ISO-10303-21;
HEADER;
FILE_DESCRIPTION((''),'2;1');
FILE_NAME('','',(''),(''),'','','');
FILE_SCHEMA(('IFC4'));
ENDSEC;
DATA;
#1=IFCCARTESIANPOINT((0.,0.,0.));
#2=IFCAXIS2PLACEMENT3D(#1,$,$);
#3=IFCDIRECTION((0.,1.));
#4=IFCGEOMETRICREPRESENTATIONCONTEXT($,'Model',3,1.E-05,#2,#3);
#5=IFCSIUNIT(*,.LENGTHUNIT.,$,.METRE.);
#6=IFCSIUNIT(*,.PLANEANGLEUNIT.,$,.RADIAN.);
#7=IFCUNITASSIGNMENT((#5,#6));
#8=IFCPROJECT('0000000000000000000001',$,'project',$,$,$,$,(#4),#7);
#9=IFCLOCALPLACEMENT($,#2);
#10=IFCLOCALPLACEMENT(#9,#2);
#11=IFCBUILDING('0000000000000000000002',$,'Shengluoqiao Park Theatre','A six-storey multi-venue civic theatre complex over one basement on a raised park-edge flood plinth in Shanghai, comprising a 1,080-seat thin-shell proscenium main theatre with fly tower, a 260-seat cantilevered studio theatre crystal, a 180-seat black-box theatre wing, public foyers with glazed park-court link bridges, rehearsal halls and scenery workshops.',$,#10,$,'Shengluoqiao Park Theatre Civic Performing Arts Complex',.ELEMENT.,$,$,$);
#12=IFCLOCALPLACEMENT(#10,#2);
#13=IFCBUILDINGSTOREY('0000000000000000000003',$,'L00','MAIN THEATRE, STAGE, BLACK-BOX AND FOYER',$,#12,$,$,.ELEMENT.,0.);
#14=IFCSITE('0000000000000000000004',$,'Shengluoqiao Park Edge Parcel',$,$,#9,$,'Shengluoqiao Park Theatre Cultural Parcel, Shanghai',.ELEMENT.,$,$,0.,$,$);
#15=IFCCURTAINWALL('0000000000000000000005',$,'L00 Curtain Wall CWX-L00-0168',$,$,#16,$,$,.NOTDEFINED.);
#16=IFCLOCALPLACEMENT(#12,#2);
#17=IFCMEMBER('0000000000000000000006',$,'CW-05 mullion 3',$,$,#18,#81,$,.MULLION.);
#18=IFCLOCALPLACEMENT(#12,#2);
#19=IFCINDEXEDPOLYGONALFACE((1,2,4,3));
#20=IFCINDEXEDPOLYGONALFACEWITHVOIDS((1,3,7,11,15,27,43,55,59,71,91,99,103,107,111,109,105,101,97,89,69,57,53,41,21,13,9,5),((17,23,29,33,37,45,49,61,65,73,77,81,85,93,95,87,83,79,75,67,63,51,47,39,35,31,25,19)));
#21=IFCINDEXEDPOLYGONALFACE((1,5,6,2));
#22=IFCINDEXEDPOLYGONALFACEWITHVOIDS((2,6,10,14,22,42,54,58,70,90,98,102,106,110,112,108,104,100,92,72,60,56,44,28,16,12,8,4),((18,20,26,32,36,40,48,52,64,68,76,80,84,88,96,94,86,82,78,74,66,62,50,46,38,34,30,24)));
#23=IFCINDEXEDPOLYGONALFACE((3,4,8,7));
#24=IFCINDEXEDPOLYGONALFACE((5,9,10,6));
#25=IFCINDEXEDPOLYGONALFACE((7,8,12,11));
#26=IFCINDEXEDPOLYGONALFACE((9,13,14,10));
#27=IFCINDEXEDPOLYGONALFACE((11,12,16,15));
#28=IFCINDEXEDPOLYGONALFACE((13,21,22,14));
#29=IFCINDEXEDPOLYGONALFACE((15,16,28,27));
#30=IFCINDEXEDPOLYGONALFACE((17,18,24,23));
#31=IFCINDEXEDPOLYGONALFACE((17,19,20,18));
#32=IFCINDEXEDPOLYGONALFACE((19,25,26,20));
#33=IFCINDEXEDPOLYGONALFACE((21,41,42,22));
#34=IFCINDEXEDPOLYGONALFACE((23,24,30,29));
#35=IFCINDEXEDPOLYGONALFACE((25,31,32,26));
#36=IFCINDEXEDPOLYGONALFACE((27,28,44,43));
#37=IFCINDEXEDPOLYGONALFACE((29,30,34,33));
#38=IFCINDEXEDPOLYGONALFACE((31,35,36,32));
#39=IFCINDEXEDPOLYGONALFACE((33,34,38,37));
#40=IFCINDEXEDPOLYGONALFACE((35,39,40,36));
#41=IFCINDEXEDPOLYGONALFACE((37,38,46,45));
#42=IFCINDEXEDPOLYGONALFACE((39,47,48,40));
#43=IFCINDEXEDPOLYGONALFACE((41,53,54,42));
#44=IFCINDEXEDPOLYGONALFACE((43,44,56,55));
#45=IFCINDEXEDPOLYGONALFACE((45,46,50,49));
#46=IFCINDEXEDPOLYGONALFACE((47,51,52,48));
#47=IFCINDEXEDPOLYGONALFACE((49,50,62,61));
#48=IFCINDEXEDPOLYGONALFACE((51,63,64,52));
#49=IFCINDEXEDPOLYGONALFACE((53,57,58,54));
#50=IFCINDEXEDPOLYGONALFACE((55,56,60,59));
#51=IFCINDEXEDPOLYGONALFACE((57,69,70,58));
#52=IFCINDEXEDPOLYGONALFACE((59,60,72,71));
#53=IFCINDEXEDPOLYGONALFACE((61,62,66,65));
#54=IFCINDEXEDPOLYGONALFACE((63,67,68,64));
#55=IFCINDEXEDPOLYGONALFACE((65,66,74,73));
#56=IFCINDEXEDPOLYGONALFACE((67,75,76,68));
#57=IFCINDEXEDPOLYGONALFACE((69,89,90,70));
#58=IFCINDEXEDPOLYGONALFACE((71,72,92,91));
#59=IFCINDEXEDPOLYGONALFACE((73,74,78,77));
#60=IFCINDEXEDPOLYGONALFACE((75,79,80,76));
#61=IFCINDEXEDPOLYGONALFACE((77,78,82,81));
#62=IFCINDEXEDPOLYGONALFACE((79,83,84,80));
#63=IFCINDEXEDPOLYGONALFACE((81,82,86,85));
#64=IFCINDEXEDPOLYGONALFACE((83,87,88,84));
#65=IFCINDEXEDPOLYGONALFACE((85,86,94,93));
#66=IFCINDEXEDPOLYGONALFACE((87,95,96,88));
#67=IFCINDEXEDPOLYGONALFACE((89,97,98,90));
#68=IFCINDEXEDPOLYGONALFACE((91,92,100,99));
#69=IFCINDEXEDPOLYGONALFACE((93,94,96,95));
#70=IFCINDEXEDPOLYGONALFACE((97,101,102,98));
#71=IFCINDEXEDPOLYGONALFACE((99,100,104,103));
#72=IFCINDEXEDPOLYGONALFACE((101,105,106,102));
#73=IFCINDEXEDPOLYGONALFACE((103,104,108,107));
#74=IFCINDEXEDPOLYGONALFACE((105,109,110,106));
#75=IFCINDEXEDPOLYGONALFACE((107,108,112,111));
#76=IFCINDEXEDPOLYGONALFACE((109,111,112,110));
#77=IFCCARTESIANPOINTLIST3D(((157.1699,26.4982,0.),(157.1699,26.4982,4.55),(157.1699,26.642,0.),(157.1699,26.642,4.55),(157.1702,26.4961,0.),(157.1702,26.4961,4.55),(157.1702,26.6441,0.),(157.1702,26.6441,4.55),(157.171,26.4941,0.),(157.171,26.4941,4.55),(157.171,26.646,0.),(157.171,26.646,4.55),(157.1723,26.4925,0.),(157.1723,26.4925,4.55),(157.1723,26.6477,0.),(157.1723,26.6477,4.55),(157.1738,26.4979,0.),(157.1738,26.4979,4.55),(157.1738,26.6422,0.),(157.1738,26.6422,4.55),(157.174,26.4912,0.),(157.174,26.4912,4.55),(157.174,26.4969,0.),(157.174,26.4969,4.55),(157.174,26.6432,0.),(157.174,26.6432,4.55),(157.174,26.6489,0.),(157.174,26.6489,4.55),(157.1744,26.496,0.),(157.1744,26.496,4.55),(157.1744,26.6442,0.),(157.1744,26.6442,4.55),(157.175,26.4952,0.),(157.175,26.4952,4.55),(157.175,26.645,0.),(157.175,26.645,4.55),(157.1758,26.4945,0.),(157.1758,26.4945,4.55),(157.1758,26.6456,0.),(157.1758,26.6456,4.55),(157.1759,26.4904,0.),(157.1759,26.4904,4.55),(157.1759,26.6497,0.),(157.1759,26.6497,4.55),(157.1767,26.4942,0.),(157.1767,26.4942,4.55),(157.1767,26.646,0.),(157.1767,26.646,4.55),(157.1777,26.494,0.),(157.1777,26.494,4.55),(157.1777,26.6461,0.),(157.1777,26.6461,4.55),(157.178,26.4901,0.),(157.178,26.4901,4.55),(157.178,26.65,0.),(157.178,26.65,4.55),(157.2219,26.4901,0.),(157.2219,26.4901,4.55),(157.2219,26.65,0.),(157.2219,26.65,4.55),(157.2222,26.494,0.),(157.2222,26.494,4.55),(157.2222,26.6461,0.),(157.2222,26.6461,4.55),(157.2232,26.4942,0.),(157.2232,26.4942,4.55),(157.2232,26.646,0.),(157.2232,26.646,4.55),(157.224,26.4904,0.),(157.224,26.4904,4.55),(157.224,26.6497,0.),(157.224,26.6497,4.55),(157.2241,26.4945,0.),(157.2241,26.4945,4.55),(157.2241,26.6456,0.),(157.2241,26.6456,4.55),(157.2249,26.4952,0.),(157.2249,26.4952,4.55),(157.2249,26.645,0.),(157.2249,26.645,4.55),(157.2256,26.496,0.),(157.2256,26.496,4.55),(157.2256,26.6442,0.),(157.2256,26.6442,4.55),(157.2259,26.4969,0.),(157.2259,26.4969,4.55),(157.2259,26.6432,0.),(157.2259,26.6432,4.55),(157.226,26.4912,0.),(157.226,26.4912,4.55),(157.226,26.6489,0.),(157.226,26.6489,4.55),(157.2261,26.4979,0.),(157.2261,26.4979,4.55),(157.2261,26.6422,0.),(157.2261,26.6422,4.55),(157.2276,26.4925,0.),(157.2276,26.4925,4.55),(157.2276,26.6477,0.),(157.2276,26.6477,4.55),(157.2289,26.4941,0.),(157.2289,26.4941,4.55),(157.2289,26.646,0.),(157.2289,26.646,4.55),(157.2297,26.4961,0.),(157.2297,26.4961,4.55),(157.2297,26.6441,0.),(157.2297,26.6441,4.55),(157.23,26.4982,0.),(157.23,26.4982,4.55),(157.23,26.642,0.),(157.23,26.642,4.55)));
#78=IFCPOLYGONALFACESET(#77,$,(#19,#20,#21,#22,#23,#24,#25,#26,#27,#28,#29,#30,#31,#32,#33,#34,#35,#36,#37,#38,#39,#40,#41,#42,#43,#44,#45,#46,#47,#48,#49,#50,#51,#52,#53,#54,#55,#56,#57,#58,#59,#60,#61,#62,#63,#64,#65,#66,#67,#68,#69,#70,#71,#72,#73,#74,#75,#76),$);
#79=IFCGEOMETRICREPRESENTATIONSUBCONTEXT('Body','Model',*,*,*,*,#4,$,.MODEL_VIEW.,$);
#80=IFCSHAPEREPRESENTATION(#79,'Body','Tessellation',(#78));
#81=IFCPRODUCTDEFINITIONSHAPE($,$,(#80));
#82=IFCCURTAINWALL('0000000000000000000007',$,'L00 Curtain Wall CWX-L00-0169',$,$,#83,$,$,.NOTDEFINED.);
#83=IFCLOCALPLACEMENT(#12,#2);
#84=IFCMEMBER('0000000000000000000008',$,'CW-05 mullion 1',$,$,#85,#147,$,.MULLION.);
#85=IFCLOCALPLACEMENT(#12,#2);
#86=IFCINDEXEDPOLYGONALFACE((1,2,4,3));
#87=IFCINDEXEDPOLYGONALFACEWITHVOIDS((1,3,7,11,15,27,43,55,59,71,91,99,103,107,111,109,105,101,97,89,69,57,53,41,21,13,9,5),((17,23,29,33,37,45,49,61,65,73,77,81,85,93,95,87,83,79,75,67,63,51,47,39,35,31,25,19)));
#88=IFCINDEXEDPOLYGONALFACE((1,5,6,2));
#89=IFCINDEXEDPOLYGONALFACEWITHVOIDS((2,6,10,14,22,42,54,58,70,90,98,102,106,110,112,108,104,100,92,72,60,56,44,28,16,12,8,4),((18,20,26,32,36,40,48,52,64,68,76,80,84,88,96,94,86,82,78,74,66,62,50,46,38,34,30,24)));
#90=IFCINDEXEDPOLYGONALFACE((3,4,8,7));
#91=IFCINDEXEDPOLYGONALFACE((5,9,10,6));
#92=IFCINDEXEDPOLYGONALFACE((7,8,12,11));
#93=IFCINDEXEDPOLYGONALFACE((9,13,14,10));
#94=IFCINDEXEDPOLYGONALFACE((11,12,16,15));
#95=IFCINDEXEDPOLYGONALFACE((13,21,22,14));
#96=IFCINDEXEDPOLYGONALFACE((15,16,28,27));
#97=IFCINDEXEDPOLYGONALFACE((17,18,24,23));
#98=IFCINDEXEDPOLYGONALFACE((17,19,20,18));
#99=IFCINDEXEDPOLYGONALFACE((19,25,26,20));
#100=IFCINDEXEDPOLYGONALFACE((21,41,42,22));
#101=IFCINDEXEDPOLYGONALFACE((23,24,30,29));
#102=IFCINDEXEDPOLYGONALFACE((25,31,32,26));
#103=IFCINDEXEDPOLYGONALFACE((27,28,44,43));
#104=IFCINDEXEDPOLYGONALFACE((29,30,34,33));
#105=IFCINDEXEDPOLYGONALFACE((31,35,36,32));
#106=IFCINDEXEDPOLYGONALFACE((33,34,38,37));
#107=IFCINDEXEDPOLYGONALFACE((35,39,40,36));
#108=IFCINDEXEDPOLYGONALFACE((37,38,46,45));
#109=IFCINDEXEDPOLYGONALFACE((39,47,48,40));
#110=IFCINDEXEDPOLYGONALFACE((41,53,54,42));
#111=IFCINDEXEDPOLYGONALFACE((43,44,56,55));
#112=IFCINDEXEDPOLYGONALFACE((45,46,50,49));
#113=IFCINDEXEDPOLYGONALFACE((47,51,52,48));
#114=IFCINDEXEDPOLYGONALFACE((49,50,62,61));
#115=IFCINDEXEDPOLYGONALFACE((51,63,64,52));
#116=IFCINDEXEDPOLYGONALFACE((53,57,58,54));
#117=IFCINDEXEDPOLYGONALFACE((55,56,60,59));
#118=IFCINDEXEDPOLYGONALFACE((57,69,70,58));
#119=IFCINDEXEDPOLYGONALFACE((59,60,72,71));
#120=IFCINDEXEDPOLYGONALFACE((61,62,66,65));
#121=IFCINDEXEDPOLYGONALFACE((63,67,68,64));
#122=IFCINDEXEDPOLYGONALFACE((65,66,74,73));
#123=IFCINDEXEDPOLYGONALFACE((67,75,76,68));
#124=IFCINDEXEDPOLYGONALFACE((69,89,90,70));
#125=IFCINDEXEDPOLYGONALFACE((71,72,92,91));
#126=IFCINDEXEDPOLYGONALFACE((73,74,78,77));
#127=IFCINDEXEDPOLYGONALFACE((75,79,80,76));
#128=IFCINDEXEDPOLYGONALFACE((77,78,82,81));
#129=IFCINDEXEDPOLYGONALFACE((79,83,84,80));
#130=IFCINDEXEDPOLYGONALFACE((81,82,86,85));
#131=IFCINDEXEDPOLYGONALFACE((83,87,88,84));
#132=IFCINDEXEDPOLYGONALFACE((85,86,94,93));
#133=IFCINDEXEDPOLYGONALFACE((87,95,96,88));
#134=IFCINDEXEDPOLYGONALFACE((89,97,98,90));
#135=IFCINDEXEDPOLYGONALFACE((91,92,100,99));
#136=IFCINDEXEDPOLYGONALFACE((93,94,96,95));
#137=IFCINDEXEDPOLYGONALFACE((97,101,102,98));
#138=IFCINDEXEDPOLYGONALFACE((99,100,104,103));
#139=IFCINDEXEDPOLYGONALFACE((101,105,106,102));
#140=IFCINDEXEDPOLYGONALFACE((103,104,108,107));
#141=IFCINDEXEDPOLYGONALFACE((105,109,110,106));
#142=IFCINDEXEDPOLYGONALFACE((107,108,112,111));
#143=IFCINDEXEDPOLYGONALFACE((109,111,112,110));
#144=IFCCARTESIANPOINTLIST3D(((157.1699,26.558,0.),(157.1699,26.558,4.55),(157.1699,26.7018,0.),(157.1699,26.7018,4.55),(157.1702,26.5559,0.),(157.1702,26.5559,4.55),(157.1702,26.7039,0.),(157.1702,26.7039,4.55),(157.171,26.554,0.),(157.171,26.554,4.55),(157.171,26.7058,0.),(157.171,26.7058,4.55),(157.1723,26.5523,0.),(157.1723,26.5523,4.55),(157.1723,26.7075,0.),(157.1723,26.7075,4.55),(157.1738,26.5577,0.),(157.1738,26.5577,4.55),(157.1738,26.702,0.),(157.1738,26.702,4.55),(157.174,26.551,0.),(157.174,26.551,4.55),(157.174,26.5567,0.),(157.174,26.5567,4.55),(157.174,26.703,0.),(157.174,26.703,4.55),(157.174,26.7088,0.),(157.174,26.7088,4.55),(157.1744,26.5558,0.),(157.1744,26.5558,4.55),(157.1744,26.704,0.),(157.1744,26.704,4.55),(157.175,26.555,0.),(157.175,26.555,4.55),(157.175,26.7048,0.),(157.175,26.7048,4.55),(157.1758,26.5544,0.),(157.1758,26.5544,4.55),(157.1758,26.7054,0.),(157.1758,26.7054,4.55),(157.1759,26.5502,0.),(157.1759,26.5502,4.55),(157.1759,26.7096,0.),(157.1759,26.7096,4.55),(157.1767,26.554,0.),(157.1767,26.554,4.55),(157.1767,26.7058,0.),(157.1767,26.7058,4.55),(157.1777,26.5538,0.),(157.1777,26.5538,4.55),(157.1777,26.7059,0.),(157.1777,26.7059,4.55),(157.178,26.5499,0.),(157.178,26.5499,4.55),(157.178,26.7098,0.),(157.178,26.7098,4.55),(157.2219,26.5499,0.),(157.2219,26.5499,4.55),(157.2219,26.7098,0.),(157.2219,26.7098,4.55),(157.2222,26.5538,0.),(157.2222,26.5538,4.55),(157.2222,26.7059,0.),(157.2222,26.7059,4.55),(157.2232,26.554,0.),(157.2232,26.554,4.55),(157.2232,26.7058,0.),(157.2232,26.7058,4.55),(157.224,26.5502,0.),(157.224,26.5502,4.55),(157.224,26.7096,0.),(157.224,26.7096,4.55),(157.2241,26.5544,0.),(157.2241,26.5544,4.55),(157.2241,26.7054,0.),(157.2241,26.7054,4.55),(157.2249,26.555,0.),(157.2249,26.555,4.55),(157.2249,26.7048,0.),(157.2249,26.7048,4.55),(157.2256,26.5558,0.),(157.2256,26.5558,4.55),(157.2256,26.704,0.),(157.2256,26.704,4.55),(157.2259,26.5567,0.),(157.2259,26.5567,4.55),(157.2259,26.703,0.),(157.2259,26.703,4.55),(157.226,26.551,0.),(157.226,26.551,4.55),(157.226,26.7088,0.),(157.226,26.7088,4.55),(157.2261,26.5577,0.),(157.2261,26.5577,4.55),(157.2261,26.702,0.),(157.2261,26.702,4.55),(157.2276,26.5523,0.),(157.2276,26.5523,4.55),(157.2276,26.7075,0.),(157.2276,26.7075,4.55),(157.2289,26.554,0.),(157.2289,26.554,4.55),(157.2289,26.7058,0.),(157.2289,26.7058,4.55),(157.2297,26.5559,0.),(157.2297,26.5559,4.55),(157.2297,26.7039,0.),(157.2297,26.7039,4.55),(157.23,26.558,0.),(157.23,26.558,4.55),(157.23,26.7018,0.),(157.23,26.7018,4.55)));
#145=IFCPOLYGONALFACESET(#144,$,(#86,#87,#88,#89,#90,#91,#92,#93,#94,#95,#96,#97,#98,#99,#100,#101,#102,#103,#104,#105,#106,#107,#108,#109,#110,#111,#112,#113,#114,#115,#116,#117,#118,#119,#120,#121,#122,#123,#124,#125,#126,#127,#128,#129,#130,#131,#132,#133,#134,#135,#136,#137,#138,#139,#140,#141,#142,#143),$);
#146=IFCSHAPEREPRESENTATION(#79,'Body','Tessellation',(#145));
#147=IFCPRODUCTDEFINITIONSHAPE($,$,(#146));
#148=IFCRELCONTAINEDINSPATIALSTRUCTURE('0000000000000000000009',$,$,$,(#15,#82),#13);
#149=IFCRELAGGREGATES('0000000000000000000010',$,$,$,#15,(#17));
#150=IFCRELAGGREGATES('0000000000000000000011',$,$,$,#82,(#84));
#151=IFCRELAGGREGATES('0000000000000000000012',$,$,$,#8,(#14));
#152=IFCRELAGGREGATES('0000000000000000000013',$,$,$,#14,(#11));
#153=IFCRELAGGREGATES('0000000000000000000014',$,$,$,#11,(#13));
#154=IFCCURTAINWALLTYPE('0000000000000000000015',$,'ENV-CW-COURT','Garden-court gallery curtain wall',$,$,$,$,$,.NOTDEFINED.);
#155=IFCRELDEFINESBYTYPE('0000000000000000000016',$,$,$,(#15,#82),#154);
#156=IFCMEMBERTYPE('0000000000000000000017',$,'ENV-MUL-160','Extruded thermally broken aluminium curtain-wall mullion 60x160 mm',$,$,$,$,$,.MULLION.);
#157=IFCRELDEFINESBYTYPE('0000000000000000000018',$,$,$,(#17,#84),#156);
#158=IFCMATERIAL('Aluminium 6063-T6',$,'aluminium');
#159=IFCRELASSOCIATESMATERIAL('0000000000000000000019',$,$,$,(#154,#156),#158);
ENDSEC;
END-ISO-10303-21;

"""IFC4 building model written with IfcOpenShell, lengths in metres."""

from ifc_helpers import new_model, si_unit, direction, frame, origin, origin_2d, place, context, subcontext, project, spatial, hollow_rectangle, extrude, material, material_profile, profile_set, type_object, element, aggregate, save


model = new_model("IFC4")

# Units and contexts
model_context = context("Model", 3, precision=1e-05, world=origin(), true_north=direction((0.0, 1.0)))
body_context = subcontext(model_context, "Body", "Model", "MODEL_VIEW")
ifc_project = project(units=[si_unit("LENGTHUNIT", "METRE"), si_unit("PLANEANGLEUNIT", "RADIAN")], contexts=[model_context])

# Site, building, storey
site_placement = place(None, origin())
site = spatial("IfcSite", under=ifc_project, at=site_placement, Name="Shengluoqiao Park Edge Parcel", LongName="Shengluoqiao Park Theatre Cultural Parcel, Shanghai", CompositionType="ELEMENT", RefElevation=0.0)
building_placement = place(site_placement, origin())
building = spatial("IfcBuilding", under=site, at=building_placement, Name="Shengluoqiao Park Theatre", Description="A six-storey multi-venue civic theatre complex over one basement on a raised park-edge flood plinth in Shanghai, comprising a 1,080-seat thin-shell proscenium main theatre with fly tower, a 260-seat cantilevered studio theatre crystal, a 180-seat black-box theatre wing, public foyers with glazed park-court link bridges, rehearsal halls and scenery workshops.", LongName="Shengluoqiao Park Theatre Civic Performing Arts Complex", CompositionType="ELEMENT")
storey_placement = place(building_placement, origin())
storey = spatial("IfcBuildingStorey", under=building, at=storey_placement, Name="L00", Description="MAIN THEATRE, STAGE, BLACK-BOX AND FOYER", CompositionType="ELEMENT", Elevation=0.0)

# Curtain wall, member
ifc_material_1 = material(Name="Aluminium 6063-T6", Category="aluminium")
curtain_wall_type = type_object("IfcCurtainWallType", Name="ENV-CW-COURT", Description="Garden-court gallery curtain wall", PredefinedType="NOTDEFINED", material=ifc_material_1)
curtain_wall_1_placement = place(storey_placement, origin())
curtain_wall_1 = element("IfcCurtainWall", 1, at=curtain_wall_1_placement, inside=storey, type_object=curtain_wall_type, Name="L00 Curtain Wall CWX-L00-0168", PredefinedType="NOTDEFINED")
ifc_material_profile_1 = material_profile(ifc_material_1, hollow_rectangle(XDim=0.0601, YDim=0.1599, WallThickness=0.0039, InnerFilletRadius=0.0039, OuterFilletRadius=0.0081, at=origin_2d()), Name="ALU MULLION 160x60x4")
ifc_profile_set_1 = profile_set([ifc_material_profile_1], Name="Aluminium 6063-T6")
member_type_1 = type_object("IfcMemberType", Name="ENV-MUL-160", Description="Extruded thermally broken aluminium curtain-wall mullion 60x160 mm", PredefinedType="MULLION", material=ifc_profile_set_1)
member_1_placement = place(storey_placement, frame((157.2, 26.5701, 0.0), z_axis=(0.0, 0.0, 1.0), x_axis=(-1.0, 0.0, 0.0)))
member_1 = element("IfcMember", 2, at=member_1_placement, type_object=member_type_1, Name="CW-05 mullion 3", PredefinedType="MULLION", context=body_context, shape_type="SweptSolid", body=[
    extrude(hollow_rectangle(XDim=0.0601, YDim=0.1599, WallThickness=0.0039, InnerFilletRadius=0.0039, OuterFilletRadius=0.0081, at=origin_2d()), origin(), (0.0, 0.0, 1.0), 4.55),
])

# Curtain wall, member
curtain_wall_2_placement = place(storey_placement, origin())
curtain_wall_2 = element("IfcCurtainWall", 3, at=curtain_wall_2_placement, inside=storey, type_object=curtain_wall_type, Name="L00 Curtain Wall CWX-L00-0169", PredefinedType="NOTDEFINED")
member_2_placement = place(storey_placement, frame((157.2, 26.6299, 0.0), z_axis=(0.0, 0.0, 1.0), x_axis=(-1.0, 0.0, 0.0)))
member_2 = element("IfcMember", 4, at=member_2_placement, type_object=member_type_1, Name="CW-05 mullion 1", PredefinedType="MULLION", context=body_context, shape_type="SweptSolid", body=[
    extrude(hollow_rectangle(XDim=0.0601, YDim=0.1599, WallThickness=0.0039, InnerFilletRadius=0.0039, OuterFilletRadius=0.0081, at=origin_2d()), origin(), (0.0, 0.0, 1.0), 4.55),
])

aggregate(curtain_wall_1, [member_1])
aggregate(curtain_wall_2, [member_2])

save(model, "model.ifc")
